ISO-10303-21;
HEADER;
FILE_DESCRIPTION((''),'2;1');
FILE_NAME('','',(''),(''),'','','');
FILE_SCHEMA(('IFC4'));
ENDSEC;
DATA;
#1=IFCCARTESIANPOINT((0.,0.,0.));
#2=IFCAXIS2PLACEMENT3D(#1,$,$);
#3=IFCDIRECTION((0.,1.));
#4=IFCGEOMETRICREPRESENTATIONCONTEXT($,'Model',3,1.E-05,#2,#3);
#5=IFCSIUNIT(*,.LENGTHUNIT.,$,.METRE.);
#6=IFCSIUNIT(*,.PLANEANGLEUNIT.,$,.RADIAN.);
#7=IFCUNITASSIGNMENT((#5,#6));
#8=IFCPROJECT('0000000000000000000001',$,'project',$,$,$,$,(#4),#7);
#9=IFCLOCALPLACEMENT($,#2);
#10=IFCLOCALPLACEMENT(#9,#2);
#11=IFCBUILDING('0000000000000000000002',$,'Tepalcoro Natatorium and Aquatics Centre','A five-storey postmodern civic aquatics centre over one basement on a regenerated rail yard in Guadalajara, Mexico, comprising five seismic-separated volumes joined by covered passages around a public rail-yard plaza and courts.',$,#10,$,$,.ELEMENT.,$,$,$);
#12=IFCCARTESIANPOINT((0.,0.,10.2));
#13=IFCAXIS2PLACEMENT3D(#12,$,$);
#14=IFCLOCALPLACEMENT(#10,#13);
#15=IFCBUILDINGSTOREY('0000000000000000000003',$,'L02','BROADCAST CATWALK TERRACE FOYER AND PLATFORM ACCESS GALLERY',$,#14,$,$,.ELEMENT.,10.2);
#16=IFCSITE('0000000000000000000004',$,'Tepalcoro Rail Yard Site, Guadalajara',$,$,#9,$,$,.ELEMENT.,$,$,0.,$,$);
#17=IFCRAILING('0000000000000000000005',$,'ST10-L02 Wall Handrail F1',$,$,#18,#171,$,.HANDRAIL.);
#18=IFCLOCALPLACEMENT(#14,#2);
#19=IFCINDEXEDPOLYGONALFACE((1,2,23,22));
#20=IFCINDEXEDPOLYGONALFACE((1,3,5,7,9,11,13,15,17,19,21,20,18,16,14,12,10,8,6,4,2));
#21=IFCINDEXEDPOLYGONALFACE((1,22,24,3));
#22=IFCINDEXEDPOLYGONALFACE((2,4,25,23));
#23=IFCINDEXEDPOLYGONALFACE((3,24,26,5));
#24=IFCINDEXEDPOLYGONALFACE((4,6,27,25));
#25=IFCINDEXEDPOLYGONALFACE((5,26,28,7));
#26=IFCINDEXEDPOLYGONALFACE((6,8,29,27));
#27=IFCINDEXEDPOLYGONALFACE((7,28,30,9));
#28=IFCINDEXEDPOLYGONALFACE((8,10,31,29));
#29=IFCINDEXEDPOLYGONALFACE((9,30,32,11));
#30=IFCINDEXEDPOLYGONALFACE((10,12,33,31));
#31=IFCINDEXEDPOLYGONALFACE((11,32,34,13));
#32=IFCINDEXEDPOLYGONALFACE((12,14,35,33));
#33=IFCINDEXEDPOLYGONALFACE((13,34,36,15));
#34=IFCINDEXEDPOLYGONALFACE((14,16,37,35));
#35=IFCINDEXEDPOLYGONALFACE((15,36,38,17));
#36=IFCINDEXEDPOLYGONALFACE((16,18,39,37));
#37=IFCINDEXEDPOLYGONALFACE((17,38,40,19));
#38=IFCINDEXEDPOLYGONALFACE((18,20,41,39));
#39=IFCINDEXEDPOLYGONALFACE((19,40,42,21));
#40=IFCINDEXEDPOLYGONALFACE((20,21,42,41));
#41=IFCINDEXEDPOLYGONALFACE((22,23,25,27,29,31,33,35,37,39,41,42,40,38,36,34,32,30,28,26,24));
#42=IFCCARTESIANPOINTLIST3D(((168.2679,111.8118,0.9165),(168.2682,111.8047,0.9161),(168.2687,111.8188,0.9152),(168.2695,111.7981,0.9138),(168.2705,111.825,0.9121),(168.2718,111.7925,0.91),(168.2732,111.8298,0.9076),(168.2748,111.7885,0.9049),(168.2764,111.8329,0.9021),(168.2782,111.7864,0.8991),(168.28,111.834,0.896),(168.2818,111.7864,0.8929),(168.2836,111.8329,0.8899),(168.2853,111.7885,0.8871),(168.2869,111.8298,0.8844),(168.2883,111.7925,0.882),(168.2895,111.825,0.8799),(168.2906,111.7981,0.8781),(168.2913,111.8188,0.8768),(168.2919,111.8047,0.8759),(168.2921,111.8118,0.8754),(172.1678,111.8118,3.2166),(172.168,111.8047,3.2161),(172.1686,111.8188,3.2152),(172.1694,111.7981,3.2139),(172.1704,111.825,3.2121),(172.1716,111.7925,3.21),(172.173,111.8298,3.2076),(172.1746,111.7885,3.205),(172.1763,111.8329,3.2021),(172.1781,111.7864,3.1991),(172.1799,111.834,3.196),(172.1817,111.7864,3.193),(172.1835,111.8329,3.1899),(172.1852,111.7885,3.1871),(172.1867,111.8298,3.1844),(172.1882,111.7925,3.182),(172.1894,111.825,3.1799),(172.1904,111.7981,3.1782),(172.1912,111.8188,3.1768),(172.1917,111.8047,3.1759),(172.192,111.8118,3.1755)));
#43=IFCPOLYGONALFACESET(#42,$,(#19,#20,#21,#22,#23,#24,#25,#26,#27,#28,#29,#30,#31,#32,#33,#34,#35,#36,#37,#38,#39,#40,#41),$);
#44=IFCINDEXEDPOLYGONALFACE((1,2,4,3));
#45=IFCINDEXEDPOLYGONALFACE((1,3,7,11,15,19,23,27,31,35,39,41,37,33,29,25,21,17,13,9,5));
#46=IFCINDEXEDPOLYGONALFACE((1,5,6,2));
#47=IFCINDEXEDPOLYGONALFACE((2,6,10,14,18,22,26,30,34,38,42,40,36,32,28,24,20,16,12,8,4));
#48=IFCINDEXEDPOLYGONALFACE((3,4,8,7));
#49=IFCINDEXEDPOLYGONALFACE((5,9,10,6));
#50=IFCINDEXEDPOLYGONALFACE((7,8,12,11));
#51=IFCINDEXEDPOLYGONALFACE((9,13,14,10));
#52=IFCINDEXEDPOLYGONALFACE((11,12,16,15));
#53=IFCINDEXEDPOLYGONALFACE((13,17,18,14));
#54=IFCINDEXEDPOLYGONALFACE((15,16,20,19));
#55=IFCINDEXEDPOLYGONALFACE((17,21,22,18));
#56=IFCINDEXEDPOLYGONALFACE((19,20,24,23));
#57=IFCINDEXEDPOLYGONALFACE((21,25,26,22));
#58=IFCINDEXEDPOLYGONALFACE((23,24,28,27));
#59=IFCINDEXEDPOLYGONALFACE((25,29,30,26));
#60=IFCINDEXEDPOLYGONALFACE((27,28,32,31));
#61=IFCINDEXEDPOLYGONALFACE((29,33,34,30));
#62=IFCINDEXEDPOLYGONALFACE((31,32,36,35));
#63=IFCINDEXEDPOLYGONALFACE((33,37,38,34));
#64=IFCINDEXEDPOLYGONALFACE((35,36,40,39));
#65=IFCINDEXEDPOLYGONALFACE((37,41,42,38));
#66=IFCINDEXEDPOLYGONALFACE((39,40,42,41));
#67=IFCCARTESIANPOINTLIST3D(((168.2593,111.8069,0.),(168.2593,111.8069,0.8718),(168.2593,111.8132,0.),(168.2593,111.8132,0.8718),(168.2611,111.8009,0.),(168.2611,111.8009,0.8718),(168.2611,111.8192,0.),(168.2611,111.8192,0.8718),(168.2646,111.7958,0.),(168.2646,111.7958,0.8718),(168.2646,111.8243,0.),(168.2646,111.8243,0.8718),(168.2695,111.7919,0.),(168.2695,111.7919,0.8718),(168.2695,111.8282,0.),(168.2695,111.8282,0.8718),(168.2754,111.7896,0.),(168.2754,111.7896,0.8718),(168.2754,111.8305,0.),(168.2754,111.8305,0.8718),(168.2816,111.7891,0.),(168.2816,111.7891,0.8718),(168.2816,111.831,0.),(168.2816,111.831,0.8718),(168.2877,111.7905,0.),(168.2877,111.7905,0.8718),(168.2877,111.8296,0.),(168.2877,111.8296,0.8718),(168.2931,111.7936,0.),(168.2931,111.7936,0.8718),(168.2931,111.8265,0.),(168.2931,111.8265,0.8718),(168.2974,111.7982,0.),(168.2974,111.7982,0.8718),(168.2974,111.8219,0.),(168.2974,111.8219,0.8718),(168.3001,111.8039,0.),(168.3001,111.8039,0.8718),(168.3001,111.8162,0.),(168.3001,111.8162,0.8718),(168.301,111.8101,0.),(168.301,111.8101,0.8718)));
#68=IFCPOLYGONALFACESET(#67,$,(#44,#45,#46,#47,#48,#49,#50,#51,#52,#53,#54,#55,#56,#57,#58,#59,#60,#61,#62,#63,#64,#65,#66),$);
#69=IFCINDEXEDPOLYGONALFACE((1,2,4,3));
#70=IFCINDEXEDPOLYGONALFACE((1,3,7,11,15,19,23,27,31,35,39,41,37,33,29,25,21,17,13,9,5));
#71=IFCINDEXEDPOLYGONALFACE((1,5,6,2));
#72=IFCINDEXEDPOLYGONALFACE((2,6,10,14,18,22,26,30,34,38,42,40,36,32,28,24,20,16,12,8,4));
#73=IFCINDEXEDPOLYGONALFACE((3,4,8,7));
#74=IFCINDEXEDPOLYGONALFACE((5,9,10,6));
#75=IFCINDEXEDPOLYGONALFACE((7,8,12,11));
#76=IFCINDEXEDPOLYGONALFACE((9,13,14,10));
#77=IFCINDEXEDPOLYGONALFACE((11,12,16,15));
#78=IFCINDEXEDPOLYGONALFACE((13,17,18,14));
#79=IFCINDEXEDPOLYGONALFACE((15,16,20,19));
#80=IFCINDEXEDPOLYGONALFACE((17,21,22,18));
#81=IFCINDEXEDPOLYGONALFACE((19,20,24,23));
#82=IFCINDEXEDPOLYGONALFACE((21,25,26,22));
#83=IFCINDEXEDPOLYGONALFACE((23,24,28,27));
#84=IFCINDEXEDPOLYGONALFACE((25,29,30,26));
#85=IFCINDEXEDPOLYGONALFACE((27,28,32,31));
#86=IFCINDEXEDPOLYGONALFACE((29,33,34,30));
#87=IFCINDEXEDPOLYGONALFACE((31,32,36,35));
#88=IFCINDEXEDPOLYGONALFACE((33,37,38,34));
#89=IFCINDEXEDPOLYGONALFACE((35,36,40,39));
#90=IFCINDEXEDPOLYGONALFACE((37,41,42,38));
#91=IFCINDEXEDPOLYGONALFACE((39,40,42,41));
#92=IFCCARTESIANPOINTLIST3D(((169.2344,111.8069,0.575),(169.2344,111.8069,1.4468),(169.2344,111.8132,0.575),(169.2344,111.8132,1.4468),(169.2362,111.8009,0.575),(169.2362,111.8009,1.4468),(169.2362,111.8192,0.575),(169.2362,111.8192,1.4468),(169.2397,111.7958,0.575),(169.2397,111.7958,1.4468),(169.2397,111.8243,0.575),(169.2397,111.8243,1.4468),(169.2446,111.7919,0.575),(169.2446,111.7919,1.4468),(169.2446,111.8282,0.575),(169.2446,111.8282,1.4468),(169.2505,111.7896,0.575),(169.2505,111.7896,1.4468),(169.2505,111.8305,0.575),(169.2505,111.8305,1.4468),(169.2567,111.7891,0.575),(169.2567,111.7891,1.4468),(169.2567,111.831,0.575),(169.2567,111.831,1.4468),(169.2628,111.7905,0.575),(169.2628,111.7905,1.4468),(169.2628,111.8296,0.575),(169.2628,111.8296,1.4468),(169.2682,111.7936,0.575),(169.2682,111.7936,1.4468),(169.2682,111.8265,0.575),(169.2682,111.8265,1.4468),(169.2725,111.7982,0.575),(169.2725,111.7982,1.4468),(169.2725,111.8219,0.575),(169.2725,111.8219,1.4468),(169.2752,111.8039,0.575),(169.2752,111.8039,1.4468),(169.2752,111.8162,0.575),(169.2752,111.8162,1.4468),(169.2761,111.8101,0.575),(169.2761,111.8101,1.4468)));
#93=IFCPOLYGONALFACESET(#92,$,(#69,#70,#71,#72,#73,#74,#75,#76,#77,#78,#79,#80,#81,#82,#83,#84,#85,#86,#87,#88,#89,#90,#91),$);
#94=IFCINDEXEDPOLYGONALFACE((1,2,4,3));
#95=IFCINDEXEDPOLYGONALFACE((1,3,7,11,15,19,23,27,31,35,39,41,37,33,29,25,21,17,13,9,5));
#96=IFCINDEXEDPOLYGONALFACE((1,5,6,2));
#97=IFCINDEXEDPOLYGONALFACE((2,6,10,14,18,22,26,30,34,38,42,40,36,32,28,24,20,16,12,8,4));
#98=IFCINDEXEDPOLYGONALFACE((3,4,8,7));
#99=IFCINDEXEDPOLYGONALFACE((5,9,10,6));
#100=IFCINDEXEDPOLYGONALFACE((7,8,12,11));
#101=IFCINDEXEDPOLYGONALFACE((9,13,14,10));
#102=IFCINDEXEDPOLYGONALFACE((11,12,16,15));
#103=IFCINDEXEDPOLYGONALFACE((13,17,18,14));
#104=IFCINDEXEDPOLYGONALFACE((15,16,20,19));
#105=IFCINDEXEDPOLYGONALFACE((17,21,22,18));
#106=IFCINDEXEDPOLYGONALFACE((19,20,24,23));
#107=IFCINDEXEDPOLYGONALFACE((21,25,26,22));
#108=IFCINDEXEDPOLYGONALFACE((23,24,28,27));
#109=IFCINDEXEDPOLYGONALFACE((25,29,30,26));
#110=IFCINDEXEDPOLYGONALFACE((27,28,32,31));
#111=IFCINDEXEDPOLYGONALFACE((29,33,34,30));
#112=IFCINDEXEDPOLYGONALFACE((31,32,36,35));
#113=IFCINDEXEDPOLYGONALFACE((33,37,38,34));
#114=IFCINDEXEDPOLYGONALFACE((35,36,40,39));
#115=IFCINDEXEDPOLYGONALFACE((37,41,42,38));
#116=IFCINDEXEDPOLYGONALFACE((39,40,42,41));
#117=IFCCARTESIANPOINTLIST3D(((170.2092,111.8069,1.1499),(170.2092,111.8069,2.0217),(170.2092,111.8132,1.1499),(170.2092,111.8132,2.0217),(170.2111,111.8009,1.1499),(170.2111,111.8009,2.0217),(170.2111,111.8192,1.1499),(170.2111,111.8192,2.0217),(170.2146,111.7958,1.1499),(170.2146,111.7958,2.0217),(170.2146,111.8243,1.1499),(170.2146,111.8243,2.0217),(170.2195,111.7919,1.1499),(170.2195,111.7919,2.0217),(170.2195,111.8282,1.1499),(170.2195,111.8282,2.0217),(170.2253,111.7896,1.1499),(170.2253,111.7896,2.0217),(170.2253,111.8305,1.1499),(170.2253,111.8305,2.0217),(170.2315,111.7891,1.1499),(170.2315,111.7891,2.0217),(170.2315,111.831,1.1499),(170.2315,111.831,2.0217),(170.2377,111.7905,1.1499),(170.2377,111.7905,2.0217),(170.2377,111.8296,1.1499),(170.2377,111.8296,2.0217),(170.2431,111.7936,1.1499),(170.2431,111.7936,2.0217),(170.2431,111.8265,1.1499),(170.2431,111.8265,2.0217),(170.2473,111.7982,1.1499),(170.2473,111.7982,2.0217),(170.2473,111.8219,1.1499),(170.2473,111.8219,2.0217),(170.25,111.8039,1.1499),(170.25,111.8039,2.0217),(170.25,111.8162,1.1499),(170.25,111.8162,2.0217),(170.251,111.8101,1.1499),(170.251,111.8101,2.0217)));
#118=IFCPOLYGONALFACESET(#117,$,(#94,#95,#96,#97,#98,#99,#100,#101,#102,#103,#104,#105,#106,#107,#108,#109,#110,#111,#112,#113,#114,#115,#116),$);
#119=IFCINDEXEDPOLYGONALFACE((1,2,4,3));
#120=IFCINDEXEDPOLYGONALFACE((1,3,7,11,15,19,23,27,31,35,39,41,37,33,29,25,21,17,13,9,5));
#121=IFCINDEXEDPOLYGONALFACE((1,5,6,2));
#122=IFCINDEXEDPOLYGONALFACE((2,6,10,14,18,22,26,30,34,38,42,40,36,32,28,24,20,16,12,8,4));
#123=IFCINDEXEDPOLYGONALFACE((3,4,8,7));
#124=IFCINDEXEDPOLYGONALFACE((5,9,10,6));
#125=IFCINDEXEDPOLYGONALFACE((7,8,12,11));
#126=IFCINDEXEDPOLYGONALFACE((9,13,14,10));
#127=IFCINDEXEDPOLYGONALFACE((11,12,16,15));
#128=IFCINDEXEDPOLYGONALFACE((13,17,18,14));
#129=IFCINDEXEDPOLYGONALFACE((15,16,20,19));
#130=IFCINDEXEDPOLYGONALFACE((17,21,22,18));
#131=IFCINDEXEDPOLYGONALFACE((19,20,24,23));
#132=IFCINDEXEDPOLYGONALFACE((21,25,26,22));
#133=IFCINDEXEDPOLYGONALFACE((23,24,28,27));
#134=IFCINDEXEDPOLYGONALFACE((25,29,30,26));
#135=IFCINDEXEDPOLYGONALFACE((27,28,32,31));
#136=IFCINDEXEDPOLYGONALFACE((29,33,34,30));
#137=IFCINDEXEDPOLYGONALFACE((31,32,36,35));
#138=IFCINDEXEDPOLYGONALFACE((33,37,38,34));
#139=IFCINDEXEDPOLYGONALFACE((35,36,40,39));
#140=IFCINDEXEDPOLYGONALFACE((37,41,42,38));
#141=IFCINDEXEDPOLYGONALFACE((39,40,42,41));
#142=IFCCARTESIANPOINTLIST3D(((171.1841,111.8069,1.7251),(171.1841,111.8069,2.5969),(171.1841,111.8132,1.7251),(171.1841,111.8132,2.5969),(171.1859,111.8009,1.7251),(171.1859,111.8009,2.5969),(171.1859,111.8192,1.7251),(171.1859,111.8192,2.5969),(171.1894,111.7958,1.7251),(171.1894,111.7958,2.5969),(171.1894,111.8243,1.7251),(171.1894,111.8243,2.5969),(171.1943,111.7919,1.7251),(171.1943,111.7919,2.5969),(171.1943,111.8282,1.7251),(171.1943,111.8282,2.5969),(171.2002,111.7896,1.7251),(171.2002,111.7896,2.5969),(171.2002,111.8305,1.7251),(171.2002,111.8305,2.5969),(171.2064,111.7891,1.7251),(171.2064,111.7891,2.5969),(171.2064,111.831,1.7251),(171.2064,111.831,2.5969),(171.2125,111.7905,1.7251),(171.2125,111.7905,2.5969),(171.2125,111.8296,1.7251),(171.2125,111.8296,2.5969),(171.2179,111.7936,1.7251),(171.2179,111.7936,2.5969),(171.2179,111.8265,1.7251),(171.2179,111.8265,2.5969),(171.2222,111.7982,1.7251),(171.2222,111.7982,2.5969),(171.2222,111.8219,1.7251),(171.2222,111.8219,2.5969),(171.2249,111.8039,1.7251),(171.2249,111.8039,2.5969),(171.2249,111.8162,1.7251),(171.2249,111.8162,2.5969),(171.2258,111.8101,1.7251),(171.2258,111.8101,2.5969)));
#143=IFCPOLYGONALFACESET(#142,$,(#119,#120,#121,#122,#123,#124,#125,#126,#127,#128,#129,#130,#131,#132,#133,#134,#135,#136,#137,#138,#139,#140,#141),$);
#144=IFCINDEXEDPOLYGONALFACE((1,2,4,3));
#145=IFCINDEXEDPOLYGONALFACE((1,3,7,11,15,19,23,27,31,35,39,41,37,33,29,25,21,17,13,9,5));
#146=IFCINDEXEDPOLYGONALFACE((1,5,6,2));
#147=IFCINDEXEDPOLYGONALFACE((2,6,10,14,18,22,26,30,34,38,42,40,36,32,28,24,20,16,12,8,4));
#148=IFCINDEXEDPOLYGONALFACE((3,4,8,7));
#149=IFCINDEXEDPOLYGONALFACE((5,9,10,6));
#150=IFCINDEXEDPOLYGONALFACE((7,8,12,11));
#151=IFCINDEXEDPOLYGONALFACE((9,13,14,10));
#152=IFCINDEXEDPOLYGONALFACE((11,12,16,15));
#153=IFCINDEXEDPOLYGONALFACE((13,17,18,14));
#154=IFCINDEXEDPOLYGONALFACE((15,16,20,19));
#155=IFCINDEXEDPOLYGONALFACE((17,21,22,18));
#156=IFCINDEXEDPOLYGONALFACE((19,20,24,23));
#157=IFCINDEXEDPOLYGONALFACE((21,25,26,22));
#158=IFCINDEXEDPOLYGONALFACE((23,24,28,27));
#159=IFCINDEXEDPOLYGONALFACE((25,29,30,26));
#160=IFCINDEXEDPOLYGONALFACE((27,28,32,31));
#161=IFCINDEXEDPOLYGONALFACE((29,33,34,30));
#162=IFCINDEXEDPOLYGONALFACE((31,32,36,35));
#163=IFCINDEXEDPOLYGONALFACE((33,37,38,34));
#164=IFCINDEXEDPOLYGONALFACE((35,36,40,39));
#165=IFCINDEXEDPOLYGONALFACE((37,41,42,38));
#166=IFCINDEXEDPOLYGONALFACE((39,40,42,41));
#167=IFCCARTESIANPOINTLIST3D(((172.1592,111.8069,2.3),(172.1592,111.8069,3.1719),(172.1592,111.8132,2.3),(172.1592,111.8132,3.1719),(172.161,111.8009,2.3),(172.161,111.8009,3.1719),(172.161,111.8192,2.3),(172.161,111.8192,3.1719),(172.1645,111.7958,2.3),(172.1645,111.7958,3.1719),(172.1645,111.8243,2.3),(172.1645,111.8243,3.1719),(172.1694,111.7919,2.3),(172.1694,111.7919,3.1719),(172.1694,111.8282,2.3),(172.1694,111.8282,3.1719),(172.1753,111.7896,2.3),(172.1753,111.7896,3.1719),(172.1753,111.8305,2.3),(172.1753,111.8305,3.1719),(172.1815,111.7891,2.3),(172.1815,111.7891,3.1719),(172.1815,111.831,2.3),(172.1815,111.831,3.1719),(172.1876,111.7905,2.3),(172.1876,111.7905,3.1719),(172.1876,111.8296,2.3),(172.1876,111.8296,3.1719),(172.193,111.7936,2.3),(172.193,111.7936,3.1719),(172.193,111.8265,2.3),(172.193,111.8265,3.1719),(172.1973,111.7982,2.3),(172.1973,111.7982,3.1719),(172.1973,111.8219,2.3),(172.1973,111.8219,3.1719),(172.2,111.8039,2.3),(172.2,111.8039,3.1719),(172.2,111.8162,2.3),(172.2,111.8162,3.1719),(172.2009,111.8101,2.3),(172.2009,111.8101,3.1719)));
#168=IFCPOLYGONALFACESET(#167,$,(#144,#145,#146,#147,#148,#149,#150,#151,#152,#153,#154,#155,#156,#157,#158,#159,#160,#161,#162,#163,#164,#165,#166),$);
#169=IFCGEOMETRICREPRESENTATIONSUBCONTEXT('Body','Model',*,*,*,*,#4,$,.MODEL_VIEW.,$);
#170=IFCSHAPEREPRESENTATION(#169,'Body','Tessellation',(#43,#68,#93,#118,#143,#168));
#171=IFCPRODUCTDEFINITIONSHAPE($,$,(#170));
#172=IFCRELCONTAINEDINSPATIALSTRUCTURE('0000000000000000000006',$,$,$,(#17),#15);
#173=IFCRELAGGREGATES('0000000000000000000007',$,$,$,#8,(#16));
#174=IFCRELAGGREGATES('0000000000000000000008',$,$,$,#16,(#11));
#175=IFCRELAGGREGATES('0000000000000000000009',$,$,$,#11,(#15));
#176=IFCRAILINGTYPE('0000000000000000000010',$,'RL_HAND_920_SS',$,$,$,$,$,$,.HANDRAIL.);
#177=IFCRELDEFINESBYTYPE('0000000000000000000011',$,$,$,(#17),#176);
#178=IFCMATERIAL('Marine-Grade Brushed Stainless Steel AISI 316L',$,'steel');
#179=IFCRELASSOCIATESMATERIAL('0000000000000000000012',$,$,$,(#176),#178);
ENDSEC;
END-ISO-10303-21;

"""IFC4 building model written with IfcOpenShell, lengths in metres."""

from ifc_helpers import new_model, si_unit, direction, frame, origin, origin_2d, place, context, subcontext, project, spatial, circle, extrude, material, type_object, element, save


model = new_model("IFC4")

# Units and contexts
model_context = context("Model", 3, precision=1e-05, world=origin(), true_north=direction((0.0, 1.0)))
body_context = subcontext(model_context, "Body", "Model", "MODEL_VIEW")
ifc_project = project(units=[si_unit("LENGTHUNIT", "METRE"), si_unit("PLANEANGLEUNIT", "RADIAN")], contexts=[model_context])

# Site, building, storey
site_placement = place(None, origin())
site = spatial("IfcSite", under=ifc_project, at=site_placement, Name="Tepalcoro Rail Yard Site, Guadalajara", CompositionType="ELEMENT", RefElevation=0.0)
building_placement = place(site_placement, origin())
building = spatial("IfcBuilding", under=site, at=building_placement, Name="Tepalcoro Natatorium and Aquatics Centre", Description="A five-storey postmodern civic aquatics centre over one basement on a regenerated rail yard in Guadalajara, Mexico, comprising five seismic-separated volumes joined by covered passages around a public rail-yard plaza and courts.", CompositionType="ELEMENT")
storey_placement = place(building_placement, frame((0.0, 0.0, 10.2)))
storey = spatial("IfcBuildingStorey", under=building, at=storey_placement, Name="L02", Description="BROADCAST CATWALK TERRACE FOYER AND PLATFORM ACCESS GALLERY", CompositionType="ELEMENT", Elevation=10.2)

# Railing
ifc_material_1 = material(Name="Marine-Grade Brushed Stainless Steel AISI 316L", Category="steel")
railing_type_1 = type_object("IfcRailingType", Name="RL_HAND_920_SS", PredefinedType="HANDRAIL", material=ifc_material_1)
railing_1_placement = place(storey_placement, frame((168.28, 111.8101, 0.0)))
element("IfcRailing", 1, at=railing_1_placement, inside=storey, type_object=railing_type_1, Name="ST10-L02 Wall Handrail F1", PredefinedType="HANDRAIL", context=body_context, shape_type="SweptSolid", body=[
    extrude(circle(Radius=0.0239, at=origin_2d()), frame((0.0, 0.0, 0.896), z_axis=(0.861356, 0.0, 0.508002), x_axis=(0.0, 1.0, 0.0)), (0.0, 0.0, 1.0), 4.5276),
    extrude(circle(Radius=0.021, at=origin_2d()), origin(), (0.0, 0.0, 1.0), 0.8718),
    extrude(circle(Radius=0.021, at=origin_2d()), frame((0.9751, 0.0, 0.575)), (0.0, 0.0, 1.0), 0.8718),
    extrude(circle(Radius=0.021, at=origin_2d()), frame((1.95, 0.0, 1.1499)), (0.0, 0.0, 1.0), 0.8718),
    extrude(circle(Radius=0.021, at=origin_2d()), frame((2.9248, 0.0, 1.7251)), (0.0, 0.0, 1.0), 0.8718),
    extrude(circle(Radius=0.021, at=origin_2d()), frame((3.8999, 0.0, 2.3)), (0.0, 0.0, 1.0), 0.8718),
])

save(model, "model.ifc")
